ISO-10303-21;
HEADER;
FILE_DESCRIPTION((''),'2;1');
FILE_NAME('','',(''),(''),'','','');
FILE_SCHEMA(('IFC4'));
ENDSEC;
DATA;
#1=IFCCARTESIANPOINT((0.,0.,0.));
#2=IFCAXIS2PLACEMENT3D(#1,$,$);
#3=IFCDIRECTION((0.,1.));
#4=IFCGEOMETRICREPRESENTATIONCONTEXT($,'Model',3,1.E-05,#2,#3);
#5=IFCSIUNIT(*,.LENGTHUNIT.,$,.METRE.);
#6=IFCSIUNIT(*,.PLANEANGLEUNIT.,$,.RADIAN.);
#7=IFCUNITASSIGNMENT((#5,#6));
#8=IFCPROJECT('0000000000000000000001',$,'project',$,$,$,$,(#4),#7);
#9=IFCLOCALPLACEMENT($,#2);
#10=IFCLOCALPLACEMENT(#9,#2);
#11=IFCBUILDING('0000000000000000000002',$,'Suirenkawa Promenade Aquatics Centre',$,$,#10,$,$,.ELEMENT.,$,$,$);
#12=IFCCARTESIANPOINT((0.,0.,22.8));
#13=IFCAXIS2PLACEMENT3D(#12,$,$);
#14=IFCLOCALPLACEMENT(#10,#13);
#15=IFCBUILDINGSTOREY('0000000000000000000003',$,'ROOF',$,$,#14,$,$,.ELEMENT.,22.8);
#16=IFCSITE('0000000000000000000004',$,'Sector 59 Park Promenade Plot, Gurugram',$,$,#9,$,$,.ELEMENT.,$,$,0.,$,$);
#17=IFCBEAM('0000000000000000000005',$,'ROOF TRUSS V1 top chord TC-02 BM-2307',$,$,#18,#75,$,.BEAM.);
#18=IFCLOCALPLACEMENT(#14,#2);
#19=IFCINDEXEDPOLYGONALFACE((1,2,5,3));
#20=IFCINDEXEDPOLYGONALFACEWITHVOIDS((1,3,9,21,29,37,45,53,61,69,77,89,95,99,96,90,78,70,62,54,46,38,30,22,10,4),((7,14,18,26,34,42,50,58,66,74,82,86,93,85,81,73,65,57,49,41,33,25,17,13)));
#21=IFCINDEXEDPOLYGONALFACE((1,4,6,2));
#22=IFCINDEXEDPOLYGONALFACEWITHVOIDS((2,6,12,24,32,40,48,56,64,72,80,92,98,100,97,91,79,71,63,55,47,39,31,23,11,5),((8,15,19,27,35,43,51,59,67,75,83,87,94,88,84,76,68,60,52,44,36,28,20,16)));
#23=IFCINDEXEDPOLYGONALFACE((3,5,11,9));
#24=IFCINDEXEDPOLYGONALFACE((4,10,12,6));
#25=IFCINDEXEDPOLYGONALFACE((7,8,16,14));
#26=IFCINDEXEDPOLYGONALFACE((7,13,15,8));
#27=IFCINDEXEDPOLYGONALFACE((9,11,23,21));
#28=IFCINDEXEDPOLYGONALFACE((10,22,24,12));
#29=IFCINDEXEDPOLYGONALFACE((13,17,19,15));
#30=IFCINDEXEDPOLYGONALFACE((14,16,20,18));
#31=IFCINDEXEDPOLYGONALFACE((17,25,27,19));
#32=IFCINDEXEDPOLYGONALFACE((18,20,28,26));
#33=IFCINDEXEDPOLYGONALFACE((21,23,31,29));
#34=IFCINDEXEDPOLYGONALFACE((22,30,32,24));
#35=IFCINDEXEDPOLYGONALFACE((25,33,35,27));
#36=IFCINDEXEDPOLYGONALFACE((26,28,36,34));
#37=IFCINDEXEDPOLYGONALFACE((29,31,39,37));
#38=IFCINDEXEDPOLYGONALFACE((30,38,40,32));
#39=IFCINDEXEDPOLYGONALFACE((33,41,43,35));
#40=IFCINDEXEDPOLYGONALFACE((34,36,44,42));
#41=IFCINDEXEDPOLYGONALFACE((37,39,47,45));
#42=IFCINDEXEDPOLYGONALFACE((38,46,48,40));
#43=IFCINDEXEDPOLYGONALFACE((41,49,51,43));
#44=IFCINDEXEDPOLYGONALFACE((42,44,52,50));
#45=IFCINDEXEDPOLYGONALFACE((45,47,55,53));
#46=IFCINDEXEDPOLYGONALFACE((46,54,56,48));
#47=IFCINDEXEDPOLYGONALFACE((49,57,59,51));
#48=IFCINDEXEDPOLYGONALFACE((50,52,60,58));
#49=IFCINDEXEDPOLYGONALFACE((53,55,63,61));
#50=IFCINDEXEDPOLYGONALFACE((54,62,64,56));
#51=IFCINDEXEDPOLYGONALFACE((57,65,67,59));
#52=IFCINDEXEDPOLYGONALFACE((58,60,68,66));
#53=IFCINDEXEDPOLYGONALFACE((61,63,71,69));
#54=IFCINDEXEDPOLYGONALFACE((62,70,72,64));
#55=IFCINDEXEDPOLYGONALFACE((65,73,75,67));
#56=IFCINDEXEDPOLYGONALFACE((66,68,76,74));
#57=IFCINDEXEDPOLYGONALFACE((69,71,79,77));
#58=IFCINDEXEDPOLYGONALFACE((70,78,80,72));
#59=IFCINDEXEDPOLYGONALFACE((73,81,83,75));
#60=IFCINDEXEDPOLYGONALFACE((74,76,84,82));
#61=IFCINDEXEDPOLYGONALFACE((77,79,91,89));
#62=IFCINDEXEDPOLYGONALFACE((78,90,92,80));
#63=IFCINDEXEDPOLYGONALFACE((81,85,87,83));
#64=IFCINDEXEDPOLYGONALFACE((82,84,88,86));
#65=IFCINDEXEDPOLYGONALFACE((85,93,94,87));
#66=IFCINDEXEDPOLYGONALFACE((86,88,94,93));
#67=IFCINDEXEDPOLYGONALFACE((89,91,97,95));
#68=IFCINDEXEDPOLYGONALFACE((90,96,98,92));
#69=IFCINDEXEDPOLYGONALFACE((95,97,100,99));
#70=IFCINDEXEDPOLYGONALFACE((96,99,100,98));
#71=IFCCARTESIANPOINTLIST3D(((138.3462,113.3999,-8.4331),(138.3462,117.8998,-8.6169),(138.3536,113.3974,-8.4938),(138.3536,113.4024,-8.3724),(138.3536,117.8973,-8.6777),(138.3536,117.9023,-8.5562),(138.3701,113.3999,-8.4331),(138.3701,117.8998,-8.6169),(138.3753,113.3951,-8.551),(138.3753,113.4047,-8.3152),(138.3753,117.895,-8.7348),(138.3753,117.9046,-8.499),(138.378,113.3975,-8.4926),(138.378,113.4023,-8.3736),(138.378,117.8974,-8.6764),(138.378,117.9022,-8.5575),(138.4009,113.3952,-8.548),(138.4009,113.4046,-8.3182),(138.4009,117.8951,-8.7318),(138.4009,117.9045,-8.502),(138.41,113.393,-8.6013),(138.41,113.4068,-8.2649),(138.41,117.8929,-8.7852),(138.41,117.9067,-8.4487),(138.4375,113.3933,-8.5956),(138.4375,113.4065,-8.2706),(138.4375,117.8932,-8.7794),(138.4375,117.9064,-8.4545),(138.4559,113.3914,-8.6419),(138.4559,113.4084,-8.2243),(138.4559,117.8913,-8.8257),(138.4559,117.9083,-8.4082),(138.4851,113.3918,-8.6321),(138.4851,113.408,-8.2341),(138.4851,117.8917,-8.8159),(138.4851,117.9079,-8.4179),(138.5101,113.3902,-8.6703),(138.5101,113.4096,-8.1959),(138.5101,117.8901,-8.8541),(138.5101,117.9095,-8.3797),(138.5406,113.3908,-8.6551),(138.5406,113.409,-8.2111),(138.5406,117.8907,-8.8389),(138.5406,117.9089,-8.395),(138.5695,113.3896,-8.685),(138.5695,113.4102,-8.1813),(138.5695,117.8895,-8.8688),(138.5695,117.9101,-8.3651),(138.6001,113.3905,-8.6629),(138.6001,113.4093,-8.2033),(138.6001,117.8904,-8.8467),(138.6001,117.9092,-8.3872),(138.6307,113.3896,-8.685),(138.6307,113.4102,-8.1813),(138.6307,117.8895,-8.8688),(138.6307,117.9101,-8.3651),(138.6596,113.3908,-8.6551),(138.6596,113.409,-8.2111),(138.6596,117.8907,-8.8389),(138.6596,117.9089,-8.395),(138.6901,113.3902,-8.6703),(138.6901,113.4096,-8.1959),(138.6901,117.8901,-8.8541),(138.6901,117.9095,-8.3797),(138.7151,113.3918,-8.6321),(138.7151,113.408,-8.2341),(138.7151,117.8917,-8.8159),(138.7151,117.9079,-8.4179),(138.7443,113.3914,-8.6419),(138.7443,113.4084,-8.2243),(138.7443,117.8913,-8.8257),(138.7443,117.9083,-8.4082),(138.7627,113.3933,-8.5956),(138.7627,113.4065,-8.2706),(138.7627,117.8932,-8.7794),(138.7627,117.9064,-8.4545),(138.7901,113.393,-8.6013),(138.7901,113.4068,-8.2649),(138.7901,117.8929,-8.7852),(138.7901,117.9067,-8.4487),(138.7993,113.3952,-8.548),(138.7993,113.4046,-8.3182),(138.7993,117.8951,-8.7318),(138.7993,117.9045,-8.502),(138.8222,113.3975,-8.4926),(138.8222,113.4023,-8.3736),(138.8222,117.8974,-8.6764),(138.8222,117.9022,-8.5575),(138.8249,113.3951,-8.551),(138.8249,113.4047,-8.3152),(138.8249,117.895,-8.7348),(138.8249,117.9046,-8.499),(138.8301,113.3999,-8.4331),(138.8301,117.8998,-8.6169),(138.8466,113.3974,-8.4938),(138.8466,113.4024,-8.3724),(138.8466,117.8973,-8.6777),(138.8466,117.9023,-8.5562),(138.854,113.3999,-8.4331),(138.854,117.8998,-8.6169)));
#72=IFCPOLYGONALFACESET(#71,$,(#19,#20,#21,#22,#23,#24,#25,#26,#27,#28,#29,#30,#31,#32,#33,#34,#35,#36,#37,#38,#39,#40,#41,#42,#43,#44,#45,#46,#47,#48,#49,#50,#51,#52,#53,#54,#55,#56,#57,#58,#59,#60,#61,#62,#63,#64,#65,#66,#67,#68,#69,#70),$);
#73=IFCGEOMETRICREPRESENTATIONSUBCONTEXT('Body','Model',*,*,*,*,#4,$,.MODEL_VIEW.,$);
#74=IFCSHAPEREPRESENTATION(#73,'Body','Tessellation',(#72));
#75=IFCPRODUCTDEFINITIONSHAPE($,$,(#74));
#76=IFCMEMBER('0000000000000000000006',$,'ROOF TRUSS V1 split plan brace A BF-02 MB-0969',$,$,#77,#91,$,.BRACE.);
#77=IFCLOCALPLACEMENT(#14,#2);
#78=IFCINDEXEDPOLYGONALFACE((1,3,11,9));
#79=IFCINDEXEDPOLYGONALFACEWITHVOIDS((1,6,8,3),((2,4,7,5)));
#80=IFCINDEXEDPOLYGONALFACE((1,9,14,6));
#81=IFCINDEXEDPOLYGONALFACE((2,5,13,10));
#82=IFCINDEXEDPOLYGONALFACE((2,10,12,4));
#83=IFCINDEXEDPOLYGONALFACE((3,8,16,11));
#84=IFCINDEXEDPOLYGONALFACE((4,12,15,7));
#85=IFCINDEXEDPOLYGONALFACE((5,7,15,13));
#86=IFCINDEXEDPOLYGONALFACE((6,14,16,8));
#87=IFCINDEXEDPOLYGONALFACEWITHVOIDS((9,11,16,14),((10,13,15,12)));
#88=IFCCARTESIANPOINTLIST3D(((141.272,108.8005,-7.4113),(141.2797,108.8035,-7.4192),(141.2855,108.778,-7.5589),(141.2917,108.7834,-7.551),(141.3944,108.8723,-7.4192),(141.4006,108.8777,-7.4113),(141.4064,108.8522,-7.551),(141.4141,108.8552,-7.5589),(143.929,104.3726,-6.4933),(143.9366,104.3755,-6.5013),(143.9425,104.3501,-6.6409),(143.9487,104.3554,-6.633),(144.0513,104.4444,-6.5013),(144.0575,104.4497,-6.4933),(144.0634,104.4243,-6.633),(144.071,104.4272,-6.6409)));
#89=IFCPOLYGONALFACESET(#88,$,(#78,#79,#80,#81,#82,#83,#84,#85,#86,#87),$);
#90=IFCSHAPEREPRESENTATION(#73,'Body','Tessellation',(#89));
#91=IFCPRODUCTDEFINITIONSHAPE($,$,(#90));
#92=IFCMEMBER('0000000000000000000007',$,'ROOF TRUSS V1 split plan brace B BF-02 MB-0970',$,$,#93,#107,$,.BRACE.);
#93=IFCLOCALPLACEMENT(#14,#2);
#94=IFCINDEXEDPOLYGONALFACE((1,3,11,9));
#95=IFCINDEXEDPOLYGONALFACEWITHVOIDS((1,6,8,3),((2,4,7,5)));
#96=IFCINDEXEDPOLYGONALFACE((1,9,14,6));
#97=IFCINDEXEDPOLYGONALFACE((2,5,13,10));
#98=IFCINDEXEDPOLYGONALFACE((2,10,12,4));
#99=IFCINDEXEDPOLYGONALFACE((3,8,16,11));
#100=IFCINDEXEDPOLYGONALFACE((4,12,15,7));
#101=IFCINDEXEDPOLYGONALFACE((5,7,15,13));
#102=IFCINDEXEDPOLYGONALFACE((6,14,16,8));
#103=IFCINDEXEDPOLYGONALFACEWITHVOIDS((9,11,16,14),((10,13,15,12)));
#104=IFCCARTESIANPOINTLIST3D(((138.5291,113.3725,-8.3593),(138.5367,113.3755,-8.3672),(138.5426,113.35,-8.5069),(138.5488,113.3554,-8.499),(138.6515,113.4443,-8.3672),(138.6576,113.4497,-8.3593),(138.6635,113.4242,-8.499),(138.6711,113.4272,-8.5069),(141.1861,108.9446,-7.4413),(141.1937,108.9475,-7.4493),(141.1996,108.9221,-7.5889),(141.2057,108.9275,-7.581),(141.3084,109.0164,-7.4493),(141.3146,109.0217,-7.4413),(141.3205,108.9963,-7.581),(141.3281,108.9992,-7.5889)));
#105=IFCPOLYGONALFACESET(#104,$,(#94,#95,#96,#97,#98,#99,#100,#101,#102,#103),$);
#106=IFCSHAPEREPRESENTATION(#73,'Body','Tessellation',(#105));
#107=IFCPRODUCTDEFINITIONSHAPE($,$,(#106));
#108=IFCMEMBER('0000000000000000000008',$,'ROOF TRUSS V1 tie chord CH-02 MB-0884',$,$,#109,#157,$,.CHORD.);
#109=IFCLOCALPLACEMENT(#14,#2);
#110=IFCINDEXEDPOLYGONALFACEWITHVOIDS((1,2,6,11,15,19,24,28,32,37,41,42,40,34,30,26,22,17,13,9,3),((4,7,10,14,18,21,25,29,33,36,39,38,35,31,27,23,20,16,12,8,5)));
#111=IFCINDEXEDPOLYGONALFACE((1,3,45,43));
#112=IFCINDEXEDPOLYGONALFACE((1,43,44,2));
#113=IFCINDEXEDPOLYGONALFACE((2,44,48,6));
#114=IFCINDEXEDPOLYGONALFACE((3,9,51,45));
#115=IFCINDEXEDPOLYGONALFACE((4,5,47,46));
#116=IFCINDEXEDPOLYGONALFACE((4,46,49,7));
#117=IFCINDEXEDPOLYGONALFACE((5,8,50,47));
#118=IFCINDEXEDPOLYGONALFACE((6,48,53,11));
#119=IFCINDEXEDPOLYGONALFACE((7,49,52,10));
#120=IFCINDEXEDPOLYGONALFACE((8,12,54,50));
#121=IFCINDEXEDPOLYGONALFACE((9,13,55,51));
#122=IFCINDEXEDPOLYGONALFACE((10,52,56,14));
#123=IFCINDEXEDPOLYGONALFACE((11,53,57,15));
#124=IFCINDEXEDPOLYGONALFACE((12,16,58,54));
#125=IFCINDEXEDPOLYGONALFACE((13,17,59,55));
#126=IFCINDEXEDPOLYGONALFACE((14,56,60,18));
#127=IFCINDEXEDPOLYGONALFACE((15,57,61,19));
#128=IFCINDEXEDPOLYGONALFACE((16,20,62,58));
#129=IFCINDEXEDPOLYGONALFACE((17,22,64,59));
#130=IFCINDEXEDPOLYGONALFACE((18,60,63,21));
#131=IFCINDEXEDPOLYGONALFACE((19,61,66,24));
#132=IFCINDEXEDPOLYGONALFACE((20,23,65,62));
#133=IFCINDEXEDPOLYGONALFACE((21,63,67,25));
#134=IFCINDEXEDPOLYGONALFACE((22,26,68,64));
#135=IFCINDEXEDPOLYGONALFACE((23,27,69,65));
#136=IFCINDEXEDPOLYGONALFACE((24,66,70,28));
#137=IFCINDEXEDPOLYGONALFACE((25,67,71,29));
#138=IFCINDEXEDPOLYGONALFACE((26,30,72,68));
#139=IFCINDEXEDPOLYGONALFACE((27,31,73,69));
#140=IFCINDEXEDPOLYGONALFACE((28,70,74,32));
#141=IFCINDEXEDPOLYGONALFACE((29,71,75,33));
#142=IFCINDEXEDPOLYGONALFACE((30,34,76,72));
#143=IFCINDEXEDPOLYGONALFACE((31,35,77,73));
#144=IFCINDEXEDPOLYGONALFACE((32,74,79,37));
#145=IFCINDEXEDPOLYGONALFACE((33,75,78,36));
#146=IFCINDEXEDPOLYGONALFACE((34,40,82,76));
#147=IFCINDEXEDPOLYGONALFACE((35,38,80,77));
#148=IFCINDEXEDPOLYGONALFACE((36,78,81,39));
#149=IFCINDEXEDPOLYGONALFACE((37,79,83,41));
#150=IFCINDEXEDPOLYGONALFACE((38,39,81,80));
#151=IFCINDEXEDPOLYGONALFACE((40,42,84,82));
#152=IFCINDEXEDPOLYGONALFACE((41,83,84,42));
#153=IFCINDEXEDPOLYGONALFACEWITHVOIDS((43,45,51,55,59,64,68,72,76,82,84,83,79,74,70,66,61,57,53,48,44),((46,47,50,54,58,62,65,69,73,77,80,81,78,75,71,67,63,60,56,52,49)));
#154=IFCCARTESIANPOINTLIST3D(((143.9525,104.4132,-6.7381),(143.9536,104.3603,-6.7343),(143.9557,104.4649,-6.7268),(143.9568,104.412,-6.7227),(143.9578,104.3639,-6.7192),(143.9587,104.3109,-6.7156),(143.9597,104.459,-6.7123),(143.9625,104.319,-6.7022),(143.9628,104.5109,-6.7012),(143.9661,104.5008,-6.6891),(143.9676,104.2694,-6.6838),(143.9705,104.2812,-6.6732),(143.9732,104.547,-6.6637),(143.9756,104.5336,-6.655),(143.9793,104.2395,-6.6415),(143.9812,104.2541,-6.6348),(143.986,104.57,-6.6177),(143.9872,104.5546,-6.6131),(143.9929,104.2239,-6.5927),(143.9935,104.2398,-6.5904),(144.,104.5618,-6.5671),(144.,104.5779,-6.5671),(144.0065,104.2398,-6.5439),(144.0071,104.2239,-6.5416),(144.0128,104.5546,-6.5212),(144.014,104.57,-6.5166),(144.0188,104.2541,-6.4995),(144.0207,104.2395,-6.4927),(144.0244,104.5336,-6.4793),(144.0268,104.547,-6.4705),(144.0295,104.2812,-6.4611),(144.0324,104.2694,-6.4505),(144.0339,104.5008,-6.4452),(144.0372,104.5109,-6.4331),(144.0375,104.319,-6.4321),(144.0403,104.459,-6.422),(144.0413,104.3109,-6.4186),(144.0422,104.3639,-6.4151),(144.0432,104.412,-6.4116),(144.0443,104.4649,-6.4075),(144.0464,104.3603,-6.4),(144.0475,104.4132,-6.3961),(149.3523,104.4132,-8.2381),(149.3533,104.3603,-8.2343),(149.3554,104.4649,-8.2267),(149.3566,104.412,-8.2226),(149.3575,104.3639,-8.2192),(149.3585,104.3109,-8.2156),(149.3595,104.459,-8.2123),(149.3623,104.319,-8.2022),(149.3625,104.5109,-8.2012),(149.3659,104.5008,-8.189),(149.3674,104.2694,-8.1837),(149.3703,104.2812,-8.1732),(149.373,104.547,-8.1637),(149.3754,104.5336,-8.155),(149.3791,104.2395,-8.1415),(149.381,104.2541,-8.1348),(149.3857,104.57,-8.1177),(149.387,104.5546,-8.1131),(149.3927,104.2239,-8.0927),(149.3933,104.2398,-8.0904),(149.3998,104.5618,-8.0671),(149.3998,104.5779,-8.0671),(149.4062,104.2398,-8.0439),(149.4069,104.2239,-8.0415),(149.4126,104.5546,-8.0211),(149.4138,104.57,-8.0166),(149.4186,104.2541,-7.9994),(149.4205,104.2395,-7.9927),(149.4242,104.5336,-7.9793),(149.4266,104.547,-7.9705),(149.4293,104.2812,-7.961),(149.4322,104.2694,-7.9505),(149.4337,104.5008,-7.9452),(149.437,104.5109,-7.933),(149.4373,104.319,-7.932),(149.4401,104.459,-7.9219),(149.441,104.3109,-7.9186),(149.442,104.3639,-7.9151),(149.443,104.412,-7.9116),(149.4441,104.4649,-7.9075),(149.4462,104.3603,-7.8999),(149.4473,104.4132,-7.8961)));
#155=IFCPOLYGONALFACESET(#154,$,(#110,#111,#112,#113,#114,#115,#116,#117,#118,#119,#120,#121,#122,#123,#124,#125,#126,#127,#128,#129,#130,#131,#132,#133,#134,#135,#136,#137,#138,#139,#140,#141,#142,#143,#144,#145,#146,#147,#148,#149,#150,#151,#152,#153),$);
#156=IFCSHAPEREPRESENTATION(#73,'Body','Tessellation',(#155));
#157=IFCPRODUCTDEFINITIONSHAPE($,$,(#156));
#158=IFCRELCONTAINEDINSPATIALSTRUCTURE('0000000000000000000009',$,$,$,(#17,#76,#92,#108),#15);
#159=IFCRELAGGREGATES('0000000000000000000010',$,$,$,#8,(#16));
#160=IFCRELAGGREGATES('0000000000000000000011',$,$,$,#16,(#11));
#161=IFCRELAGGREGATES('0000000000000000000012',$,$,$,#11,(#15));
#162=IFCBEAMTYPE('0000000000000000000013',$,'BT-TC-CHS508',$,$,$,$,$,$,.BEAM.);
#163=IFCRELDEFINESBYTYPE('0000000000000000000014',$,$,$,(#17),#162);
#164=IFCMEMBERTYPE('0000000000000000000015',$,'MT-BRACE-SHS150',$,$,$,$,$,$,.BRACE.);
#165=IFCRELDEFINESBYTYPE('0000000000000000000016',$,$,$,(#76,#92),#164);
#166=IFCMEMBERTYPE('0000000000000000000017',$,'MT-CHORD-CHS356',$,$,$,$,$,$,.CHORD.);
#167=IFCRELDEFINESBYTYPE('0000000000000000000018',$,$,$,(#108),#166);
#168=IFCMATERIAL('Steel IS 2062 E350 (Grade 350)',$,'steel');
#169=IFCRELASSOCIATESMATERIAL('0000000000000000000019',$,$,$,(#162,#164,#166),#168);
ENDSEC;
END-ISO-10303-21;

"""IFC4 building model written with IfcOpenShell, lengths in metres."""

from ifc_helpers import new_model, si_unit, direction, frame, origin, origin_2d, place, context, subcontext, project, spatial, hollow_rectangle, hollow_circle, extrude, material, material_profile, profile_set, type_object, element, save


model = new_model("IFC4")

# Units and contexts
model_context = context("Model", 3, precision=1e-05, world=origin(), true_north=direction((0.0, 1.0)))
body_context = subcontext(model_context, "Body", "Model", "MODEL_VIEW")
ifc_project = project(units=[si_unit("LENGTHUNIT", "METRE"), si_unit("PLANEANGLEUNIT", "RADIAN")], contexts=[model_context])

# Site, building, storey
site_placement = place(None, origin())
site = spatial("IfcSite", under=ifc_project, at=site_placement, Name="Sector 59 Park Promenade Plot, Gurugram", CompositionType="ELEMENT", RefElevation=0.0)
building_placement = place(site_placement, origin())
building = spatial("IfcBuilding", under=site, at=building_placement, Name="Suirenkawa Promenade Aquatics Centre", CompositionType="ELEMENT")
storey_placement = place(building_placement, frame((0.0, 0.0, 22.8)))
storey = spatial("IfcBuildingStorey", under=building, at=storey_placement, Name="ROOF", CompositionType="ELEMENT", Elevation=22.8)

# Beam
ifc_material = material(Name="Steel IS 2062 E350 (Grade 350)", Category="steel")
ifc_material_profile_1 = material_profile(ifc_material, hollow_circle(Radius=0.2539, WallThickness=0.0239, at=origin_2d()), Name="CHS 508x24", Category="steel")
ifc_profile_set_1 = profile_set([ifc_material_profile_1], Name="Steel IS 2062 E350 (Grade 350)")
beam_type_1 = type_object("IfcBeamType", Name="BT-TC-CHS508", PredefinedType="BEAM", material=ifc_profile_set_1)
for number, where, z_axis, x_axis, name in (
    (1, (138.6001, 113.3999, -8.4331), (0.0, 0.999167, -0.040819), (-1.0, 0.0, 0.0), "ROOF TRUSS V1 top chord TC-02 BM-2307"),
):
    element("IfcBeam", number, at=place(storey_placement, frame(where, z_axis=z_axis, x_axis=x_axis)), inside=storey, type_object=beam_type_1, Name=name, PredefinedType="BEAM", context=body_context, shape_type="SweptSolid", body=[
        extrude(hollow_circle(Radius=0.2539, WallThickness=0.0239, at=origin_2d()), origin(), (0.0, 0.0, 1.0), 4.5037),
    ])

# Members
ifc_material_profile_2 = material_profile(ifc_material, hollow_rectangle(XDim=0.1499, YDim=0.1499, WallThickness=0.0081, at=origin_2d()), Name="SHS 150x150x8", Category="steel")
ifc_profile_set_2 = profile_set([ifc_material_profile_2], Name="Steel IS 2062 E350 (Grade 350)")
member_type_1 = type_object("IfcMemberType", Name="MT-BRACE-SHS150", PredefinedType="BRACE", material=ifc_profile_set_2)
for number, where, z_axis, x_axis, name in (
    (2, (144.0, 104.3999, -6.5671), (-0.506582, 0.844241, -0.17502), (-0.857476, -0.514524, 0.0), "ROOF TRUSS V1 split plan brace A BF-02 MB-0969"),
    (3, (141.2571, 108.9719, -7.5151), (-0.506582, 0.844241, -0.17502), (-0.857476, -0.514524, 0.0), "ROOF TRUSS V1 split plan brace B BF-02 MB-0970"),
):
    element("IfcMember", number, at=place(storey_placement, frame(where, z_axis=z_axis, x_axis=x_axis)), inside=storey, type_object=member_type_1, Name=name, PredefinedType="BRACE", context=body_context, shape_type="SweptSolid", body=[
        extrude(hollow_rectangle(XDim=0.1499, YDim=0.1499, WallThickness=0.0081, at=origin_2d()), origin(), (0.0, 0.0, 1.0), 5.2449),
    ])
ifc_material_profile_3 = material_profile(ifc_material, hollow_circle(Radius=0.178, WallThickness=0.0161, at=origin_2d()), Name="CHS 356x16", Category="steel")
ifc_profile_set_3 = profile_set([ifc_material_profile_3], Name="Steel IS 2062 E350 (Grade 350)")
member_type_2 = type_object("IfcMemberType", Name="MT-CHORD-CHS356", PredefinedType="CHORD", material=ifc_profile_set_3)
for number, where, z_axis, x_axis, name in (
    (4, (144.0, 104.3999, -6.5671), (0.963517, 0.0, -0.267648), (0.0, 1.0, 0.0), "ROOF TRUSS V1 tie chord CH-02 MB-0884"),
):
    element("IfcMember", number, at=place(storey_placement, frame(where, z_axis=z_axis, x_axis=x_axis)), inside=storey, type_object=member_type_2, Name=name, PredefinedType="CHORD", context=body_context, shape_type="SweptSolid", body=[
        extrude(hollow_circle(Radius=0.178, WallThickness=0.0161, at=origin_2d()), origin(), (0.0, 0.0, 1.0), 5.6042),
    ])

save(model, "model.ifc")
